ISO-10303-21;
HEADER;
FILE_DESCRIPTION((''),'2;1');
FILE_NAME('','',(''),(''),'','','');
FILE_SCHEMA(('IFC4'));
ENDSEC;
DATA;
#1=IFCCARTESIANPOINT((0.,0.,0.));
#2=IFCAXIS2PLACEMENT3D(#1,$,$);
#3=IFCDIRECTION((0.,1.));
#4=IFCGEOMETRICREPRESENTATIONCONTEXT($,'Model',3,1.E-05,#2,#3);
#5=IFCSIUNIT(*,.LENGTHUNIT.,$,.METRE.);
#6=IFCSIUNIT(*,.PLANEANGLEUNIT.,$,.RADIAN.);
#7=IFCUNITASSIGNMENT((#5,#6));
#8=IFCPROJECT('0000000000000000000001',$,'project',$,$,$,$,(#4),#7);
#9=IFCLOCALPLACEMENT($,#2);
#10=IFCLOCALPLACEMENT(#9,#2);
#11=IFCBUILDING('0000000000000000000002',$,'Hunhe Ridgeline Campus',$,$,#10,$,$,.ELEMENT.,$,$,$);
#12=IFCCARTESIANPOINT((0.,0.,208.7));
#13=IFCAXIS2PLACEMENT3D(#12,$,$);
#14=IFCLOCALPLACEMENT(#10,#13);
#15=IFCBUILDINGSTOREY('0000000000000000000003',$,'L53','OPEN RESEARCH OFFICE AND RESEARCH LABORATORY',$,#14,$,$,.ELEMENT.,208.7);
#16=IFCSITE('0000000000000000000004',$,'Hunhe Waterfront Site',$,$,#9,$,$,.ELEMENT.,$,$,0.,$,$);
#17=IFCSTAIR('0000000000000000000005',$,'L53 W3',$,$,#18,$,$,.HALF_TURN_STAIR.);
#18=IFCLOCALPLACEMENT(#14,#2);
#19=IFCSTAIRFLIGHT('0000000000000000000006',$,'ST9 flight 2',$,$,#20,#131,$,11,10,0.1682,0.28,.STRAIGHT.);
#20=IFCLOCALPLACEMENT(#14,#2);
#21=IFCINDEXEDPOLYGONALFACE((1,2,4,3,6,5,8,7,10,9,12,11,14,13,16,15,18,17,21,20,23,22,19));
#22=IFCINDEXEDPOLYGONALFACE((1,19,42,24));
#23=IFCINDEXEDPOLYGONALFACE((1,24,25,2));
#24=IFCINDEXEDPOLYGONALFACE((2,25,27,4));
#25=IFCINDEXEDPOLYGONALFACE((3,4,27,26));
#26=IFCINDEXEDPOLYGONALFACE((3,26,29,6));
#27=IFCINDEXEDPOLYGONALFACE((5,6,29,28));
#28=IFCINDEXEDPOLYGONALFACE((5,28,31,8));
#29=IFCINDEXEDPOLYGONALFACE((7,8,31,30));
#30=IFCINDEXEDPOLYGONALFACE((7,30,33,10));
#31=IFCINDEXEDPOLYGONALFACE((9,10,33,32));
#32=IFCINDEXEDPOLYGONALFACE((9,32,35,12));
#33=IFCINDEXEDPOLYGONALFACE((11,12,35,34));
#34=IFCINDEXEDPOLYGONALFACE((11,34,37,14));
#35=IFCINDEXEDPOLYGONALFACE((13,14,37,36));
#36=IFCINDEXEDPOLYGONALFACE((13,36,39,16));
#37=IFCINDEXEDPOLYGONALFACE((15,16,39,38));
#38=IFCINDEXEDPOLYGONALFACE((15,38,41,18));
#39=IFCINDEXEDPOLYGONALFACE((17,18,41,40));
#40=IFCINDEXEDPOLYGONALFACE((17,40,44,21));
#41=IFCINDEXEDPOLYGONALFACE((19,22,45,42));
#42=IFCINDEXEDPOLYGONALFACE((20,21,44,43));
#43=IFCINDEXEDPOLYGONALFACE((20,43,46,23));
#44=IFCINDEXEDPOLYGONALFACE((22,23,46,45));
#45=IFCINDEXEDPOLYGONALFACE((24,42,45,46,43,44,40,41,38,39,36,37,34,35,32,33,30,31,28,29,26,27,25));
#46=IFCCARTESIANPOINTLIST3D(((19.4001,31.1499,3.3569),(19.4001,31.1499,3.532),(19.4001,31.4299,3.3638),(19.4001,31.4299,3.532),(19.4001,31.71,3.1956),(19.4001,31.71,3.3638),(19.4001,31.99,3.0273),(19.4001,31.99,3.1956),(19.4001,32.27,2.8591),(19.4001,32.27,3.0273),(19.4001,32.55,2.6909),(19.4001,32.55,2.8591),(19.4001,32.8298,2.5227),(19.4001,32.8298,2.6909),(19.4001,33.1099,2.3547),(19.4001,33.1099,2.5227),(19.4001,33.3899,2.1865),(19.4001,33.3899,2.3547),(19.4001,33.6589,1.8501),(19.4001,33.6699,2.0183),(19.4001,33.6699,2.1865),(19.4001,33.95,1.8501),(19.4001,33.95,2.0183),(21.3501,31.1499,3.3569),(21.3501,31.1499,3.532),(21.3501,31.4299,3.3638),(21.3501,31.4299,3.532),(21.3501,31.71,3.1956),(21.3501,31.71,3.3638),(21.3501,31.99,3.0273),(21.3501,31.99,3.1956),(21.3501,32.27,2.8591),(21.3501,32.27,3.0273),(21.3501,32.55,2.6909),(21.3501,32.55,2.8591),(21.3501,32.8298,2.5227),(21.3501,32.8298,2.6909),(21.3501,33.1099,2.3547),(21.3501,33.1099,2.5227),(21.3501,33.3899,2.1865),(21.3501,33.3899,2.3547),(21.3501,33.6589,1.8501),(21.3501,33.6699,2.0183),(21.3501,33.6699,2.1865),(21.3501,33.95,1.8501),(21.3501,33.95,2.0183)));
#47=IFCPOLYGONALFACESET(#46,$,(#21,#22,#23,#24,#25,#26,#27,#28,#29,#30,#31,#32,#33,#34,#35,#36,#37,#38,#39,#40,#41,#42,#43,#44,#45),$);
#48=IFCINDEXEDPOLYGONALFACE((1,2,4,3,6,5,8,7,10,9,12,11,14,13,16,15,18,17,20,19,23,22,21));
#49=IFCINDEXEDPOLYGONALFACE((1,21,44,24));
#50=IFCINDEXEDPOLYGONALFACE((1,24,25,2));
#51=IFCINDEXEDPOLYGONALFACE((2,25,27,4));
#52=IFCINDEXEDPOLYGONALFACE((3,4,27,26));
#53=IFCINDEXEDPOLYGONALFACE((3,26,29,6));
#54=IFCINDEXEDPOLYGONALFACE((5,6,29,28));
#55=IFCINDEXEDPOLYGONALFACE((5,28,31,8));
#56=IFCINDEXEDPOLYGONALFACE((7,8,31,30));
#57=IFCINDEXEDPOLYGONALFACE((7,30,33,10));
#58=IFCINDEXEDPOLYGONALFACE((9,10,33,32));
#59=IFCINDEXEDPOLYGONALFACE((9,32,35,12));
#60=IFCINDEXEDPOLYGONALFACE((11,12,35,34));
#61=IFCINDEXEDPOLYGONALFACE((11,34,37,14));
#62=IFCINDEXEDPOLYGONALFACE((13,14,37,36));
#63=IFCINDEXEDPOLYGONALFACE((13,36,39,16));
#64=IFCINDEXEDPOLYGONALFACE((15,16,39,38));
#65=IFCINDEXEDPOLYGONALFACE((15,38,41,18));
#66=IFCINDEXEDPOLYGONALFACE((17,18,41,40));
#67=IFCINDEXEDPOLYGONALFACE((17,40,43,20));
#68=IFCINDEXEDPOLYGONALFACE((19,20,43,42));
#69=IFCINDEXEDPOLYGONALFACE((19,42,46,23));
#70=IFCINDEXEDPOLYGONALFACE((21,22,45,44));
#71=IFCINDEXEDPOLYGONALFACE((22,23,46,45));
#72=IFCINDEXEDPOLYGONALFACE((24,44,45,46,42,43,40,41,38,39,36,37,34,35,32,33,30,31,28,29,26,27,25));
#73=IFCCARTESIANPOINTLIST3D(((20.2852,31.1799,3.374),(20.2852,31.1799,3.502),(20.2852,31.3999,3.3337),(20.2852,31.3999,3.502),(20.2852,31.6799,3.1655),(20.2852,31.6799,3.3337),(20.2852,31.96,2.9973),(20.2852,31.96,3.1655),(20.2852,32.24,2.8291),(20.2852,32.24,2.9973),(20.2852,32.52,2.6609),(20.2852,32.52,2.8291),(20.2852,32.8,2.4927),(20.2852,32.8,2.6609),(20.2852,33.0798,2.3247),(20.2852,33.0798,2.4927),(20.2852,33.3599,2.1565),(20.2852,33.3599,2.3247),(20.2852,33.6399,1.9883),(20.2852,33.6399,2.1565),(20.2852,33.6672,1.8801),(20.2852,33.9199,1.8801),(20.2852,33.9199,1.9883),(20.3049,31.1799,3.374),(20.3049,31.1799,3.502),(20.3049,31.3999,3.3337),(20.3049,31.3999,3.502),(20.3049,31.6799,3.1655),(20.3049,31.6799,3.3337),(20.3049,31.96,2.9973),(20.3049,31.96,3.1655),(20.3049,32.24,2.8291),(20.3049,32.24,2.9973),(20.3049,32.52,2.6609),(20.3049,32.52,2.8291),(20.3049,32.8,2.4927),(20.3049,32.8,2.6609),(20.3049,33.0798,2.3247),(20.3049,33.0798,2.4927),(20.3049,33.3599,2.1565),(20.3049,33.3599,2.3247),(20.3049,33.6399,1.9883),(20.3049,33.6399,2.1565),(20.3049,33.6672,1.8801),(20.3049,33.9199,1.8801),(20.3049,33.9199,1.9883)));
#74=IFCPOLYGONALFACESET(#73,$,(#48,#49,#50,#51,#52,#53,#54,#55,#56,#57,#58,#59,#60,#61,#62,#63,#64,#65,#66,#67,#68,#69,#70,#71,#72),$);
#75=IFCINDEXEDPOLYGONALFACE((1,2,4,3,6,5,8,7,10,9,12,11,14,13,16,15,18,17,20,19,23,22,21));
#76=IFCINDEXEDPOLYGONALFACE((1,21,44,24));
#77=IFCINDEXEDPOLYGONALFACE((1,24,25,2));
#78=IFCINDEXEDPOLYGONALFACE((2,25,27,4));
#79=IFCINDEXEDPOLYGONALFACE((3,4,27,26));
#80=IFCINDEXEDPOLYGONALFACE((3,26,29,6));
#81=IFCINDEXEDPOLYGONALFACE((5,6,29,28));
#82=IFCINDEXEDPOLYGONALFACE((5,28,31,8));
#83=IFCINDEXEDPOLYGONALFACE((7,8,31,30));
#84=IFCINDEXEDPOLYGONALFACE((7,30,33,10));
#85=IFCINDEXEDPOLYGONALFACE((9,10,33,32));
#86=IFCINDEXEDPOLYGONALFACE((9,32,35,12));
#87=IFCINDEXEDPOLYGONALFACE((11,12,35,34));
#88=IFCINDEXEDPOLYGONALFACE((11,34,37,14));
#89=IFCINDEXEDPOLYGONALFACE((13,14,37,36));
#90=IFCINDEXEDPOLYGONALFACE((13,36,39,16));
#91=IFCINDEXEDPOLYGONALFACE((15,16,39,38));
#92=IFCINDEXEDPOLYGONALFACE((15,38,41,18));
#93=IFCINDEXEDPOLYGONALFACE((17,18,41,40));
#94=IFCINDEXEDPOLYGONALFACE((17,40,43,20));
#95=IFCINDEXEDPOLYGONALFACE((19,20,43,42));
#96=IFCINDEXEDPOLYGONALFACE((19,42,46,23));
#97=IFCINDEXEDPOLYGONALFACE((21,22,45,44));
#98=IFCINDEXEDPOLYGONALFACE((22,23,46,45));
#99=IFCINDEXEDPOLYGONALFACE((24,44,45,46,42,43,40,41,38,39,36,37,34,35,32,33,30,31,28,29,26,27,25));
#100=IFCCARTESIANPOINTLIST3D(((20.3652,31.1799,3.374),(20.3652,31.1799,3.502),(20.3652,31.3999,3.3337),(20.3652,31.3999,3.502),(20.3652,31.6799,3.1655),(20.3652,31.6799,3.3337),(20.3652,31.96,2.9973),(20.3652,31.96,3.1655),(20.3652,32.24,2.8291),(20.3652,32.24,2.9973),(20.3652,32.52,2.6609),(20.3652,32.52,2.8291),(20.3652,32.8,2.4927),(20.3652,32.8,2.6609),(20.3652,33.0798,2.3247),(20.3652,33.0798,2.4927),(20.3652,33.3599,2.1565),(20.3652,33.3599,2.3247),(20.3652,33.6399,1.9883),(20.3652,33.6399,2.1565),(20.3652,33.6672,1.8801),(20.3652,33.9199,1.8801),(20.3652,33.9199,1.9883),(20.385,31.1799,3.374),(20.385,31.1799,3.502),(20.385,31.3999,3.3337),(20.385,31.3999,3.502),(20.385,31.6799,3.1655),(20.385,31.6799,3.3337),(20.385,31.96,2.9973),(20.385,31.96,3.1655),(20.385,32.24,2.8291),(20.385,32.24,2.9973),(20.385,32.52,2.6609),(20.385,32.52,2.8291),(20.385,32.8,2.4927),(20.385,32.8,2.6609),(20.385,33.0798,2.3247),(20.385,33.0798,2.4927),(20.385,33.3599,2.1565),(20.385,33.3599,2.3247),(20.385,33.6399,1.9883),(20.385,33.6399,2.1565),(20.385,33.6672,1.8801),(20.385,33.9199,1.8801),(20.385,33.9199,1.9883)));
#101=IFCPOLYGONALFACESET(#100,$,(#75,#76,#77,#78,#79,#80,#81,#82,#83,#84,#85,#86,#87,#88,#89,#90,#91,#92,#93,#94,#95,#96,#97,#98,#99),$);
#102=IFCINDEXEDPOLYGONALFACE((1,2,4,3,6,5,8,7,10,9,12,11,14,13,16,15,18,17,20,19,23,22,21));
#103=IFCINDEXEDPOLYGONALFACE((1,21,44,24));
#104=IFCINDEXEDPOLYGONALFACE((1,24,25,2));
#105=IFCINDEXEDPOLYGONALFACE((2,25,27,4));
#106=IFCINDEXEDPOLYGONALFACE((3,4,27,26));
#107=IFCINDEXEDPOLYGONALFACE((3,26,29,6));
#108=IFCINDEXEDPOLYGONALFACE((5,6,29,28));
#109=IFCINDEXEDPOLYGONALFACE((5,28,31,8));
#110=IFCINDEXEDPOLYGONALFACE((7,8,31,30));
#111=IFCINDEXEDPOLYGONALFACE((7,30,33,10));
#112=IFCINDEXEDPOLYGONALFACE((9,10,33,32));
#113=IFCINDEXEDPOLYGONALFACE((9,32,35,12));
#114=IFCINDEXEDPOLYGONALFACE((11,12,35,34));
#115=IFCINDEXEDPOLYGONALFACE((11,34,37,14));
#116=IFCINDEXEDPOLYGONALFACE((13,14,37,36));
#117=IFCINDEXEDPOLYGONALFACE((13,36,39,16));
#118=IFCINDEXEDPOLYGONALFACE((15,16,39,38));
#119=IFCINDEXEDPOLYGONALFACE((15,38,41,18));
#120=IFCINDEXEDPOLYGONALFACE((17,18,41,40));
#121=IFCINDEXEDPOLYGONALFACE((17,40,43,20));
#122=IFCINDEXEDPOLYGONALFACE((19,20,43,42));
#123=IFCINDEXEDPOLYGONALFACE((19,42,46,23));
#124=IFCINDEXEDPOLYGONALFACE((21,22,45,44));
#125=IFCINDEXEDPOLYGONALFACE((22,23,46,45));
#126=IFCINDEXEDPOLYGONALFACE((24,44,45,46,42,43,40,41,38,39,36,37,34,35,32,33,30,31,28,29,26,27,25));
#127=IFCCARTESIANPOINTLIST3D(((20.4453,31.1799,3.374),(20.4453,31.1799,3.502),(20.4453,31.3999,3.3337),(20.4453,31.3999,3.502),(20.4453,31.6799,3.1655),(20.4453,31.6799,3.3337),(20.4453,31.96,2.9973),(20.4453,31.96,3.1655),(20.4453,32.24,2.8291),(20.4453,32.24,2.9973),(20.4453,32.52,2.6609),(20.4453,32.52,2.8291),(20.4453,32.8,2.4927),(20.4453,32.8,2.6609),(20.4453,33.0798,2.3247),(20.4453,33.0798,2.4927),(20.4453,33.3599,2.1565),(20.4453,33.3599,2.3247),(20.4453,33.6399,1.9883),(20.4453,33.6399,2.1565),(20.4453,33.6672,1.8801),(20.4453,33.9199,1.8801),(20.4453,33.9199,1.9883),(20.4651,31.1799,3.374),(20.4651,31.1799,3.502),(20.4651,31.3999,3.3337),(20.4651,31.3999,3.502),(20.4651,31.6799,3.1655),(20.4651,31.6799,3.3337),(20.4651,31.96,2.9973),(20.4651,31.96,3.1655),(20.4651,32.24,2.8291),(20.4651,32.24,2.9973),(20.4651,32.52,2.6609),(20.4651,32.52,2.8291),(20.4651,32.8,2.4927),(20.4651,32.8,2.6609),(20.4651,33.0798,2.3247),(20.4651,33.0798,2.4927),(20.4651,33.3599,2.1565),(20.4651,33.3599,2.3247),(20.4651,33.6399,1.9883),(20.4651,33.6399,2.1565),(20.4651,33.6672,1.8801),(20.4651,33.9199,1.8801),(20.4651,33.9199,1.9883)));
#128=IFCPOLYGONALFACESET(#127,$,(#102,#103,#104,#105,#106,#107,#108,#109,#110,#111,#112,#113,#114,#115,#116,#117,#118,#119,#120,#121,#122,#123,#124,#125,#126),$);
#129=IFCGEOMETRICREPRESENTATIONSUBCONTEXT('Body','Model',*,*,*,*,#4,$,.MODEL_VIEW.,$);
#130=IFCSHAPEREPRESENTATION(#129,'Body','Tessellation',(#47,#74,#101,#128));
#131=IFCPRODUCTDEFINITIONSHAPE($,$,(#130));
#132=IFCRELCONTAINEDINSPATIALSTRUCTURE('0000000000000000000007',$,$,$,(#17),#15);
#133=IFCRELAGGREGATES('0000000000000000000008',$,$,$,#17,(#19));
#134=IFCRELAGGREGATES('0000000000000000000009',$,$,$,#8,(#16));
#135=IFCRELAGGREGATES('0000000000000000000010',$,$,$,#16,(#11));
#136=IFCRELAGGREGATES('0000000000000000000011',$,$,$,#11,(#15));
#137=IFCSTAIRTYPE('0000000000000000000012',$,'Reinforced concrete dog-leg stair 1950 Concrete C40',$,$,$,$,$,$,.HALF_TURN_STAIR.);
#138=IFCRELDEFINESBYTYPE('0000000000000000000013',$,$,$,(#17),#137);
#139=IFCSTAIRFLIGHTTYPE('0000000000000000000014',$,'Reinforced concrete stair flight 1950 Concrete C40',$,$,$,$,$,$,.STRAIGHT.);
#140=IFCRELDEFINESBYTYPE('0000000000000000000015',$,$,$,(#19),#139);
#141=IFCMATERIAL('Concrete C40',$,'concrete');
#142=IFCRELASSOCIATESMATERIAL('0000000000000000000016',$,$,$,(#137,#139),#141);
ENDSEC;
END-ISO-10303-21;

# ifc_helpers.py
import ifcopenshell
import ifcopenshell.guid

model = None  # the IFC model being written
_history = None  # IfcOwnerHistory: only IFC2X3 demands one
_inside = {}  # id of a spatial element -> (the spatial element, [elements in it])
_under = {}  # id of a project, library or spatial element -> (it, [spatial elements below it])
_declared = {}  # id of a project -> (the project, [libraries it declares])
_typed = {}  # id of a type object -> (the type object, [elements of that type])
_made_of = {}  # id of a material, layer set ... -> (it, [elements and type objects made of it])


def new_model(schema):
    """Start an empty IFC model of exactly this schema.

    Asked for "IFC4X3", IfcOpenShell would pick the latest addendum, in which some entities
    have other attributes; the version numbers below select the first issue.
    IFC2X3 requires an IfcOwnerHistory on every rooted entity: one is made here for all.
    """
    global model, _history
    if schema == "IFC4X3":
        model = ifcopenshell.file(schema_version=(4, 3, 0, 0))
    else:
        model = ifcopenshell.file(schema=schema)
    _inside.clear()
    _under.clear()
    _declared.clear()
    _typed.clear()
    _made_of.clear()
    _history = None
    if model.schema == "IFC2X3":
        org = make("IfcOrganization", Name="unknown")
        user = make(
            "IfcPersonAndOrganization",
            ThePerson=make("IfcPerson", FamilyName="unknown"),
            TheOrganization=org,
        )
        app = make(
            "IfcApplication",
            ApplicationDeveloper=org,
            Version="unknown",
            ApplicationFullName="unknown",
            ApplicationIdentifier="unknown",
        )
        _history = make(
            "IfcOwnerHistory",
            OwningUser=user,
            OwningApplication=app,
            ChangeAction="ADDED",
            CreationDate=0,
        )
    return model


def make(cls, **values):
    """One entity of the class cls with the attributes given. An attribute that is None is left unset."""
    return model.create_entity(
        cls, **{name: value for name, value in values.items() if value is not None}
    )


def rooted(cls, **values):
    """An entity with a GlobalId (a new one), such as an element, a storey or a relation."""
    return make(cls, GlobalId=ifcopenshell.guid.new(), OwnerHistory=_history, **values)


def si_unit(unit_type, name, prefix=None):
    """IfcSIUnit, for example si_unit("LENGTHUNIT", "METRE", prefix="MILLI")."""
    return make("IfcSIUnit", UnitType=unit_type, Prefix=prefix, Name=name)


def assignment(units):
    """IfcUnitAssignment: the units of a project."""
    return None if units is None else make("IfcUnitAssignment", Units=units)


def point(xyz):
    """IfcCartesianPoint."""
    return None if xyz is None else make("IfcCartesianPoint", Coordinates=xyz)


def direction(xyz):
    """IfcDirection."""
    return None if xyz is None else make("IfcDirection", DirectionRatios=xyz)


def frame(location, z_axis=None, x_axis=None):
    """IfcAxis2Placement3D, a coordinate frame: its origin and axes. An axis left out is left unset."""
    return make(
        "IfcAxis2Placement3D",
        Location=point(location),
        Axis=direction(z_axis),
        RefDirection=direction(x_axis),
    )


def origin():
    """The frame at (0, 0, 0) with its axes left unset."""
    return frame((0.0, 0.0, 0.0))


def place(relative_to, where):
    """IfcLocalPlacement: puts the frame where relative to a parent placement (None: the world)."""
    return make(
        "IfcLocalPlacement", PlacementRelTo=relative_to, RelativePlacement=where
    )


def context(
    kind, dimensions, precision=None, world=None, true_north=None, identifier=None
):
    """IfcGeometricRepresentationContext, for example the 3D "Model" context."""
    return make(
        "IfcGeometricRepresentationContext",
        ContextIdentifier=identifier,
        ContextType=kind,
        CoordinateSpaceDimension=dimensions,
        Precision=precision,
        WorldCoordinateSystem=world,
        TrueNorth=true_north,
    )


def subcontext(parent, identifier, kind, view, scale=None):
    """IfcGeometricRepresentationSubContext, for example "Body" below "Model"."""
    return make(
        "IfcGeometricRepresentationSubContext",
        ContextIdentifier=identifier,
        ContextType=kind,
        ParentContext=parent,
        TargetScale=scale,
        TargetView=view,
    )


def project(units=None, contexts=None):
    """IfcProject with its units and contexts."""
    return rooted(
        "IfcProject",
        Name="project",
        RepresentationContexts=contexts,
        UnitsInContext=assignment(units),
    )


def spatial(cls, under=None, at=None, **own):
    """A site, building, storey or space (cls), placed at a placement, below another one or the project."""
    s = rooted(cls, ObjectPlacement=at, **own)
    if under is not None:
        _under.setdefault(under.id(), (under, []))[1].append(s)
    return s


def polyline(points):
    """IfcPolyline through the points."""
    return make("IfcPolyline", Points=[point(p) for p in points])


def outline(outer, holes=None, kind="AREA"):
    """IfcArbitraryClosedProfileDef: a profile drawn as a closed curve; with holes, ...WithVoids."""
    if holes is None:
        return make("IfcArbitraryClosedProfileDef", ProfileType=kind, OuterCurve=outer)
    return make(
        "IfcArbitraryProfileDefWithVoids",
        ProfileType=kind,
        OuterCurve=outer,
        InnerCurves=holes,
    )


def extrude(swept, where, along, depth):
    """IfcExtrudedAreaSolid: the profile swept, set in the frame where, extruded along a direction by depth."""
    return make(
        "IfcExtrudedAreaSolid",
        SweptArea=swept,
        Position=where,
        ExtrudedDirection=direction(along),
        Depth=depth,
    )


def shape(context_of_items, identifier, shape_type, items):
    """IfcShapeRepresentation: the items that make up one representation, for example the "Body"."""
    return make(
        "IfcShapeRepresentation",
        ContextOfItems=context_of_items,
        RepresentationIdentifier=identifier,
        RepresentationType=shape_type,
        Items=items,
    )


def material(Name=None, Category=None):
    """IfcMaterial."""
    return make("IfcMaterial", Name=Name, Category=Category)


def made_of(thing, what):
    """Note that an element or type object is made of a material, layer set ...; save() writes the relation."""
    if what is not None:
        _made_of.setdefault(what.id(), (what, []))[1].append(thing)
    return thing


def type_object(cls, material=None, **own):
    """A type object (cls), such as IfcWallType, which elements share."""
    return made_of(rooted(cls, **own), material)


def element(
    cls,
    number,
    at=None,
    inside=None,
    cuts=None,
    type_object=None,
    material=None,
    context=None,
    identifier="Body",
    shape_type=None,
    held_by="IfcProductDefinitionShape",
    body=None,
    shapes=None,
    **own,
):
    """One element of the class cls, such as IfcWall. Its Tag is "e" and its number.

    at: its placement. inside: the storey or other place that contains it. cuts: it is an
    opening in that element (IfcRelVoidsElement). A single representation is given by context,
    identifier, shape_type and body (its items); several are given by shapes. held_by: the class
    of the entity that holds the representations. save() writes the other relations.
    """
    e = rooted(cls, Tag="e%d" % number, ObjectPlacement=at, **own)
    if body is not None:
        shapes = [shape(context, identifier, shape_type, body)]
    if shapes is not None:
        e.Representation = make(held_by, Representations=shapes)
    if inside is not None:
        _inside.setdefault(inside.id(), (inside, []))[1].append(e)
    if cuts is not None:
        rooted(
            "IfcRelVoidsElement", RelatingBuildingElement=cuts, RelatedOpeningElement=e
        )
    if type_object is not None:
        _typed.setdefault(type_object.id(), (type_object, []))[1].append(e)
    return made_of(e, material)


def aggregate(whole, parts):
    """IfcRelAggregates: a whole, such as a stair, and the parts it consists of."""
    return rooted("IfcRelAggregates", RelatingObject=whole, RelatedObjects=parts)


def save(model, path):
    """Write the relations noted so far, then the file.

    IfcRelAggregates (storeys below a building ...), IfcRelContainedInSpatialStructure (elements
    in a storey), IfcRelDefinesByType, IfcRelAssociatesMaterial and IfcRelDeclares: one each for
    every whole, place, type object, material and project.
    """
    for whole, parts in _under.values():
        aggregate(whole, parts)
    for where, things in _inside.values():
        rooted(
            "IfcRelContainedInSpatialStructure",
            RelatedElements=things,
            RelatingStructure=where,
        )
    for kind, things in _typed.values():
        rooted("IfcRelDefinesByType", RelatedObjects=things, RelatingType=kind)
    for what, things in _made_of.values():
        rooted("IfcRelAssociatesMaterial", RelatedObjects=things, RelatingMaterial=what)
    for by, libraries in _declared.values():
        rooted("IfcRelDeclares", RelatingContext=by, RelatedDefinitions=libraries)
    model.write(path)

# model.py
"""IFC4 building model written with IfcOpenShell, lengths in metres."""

from ifc_helpers import new_model, si_unit, direction, frame, origin, place, context, subcontext, project, spatial, polyline, outline, extrude, material, type_object, element, aggregate, save


model = new_model("IFC4")

# Units and contexts
model_context = context("Model", 3, precision=1e-05, world=origin(), true_north=direction((0.0, 1.0)))
body_context = subcontext(model_context, "Body", "Model", "MODEL_VIEW")
ifc_project = project(units=[si_unit("LENGTHUNIT", "METRE"), si_unit("PLANEANGLEUNIT", "RADIAN")], contexts=[model_context])

# Site, building, storey
site_placement = place(None, origin())
site = spatial("IfcSite", under=ifc_project, at=site_placement, Name="Hunhe Waterfront Site", CompositionType="ELEMENT", RefElevation=0.0)
building_placement = place(site_placement, origin())
building = spatial("IfcBuilding", under=site, at=building_placement, Name="Hunhe Ridgeline Campus", CompositionType="ELEMENT")
storey_placement = place(building_placement, frame((0.0, 0.0, 208.7)))
storey = spatial("IfcBuildingStorey", under=building, at=storey_placement, Name="L53", Description="OPEN RESEARCH OFFICE AND RESEARCH LABORATORY", CompositionType="ELEMENT", Elevation=208.7)

# Stair, stair flight
ifc_material_1 = material(Name="Concrete C40", Category="concrete")
stair_type = type_object("IfcStairType", Name="Reinforced concrete dog-leg stair 1950 Concrete C40", PredefinedType="HALF_TURN_STAIR", material=ifc_material_1)
stair_placement = place(storey_placement, origin())
stair = element("IfcStair", 1, at=stair_placement, inside=storey, type_object=stair_type, Name="L53 W3", PredefinedType="HALF_TURN_STAIR")
stair_flight_type = type_object("IfcStairFlightType", Name="Reinforced concrete stair flight 1950 Concrete C40", PredefinedType="STRAIGHT", material=ifc_material_1)
stair_flight_1_placement = place(storey_placement, frame((20.375, 33.95, 1.8501), z_axis=(0.0, 0.0, 1.0), x_axis=(0.0, -1.0, 0.0)))
stair_flight_1 = element("IfcStairFlight", 2, at=stair_flight_1_placement, type_object=stair_flight_type, Name="ST9 flight 2", NumberOfRisers=11, NumberOfTreads=10, PredefinedType="STRAIGHT", RiserHeight=0.1682, TreadLength=0.28, context=body_context, shape_type="SweptSolid", body=[
    extrude(outline(polyline([(0.0, 0.0), (0.0, 0.1682), (0.28, 0.1682), (0.28, 0.3364), (0.5601, 0.3364), (0.5601, 0.5046), (0.8401, 0.5046), (0.8401, 0.6726), (1.1201, 0.6726), (1.1201, 0.8408), (1.3999, 0.8408), (1.3999, 1.009), (1.6799, 1.009), (1.6799, 1.1772), (1.96, 1.1772), (1.96, 1.3455), (2.24, 1.3455), (2.24, 1.5137), (2.52, 1.5137), (2.52, 1.6819), (2.8, 1.6819), (2.8, 1.8501), (2.8, 1.5068), (0.291, 0.0), (0.0, 0.0)])), frame((0.0, 0.9751, 0.0), z_axis=(0.0, -1.0, 0.0), x_axis=(1.0, 0.0, 0.0)), (0.0, 0.0, 1.0), 1.95),
    extrude(outline(polyline([(0.03, 0.03), (0.03, 0.1382), (0.3101, 0.1382), (0.3101, 0.3064), (0.5901, 0.3064), (0.5901, 0.4746), (0.8701, 0.4746), (0.8701, 0.6426), (1.1499, 0.6426), (1.1499, 0.8108), (1.4299, 0.8108), (1.4299, 0.979), (1.71, 0.979), (1.71, 1.1472), (1.99, 1.1472), (1.99, 1.3154), (2.27, 1.3154), (2.27, 1.4836), (2.55, 1.4836), (2.55, 1.6519), (2.77, 1.6519), (2.77, 1.5239), (0.2827, 0.03), (0.03, 0.03)])), frame((0.0, -0.0701, 0.0), z_axis=(0.0, -1.0, 0.0), x_axis=(1.0, 0.0, 0.0)), (0.0, 0.0, 1.0), 0.0198),
    extrude(outline(polyline([(0.03, 0.03), (0.03, 0.1382), (0.3101, 0.1382), (0.3101, 0.3064), (0.5901, 0.3064), (0.5901, 0.4746), (0.8701, 0.4746), (0.8701, 0.6426), (1.1499, 0.6426), (1.1499, 0.8108), (1.4299, 0.8108), (1.4299, 0.979), (1.71, 0.979), (1.71, 1.1472), (1.99, 1.1472), (1.99, 1.3154), (2.27, 1.3154), (2.27, 1.4836), (2.55, 1.4836), (2.55, 1.6519), (2.77, 1.6519), (2.77, 1.5239), (0.2827, 0.03), (0.03, 0.03)])), frame((0.0, 0.01, 0.0), z_axis=(0.0, -1.0, 0.0), x_axis=(1.0, 0.0, 0.0)), (0.0, 0.0, 1.0), 0.0198),
    extrude(outline(polyline([(0.03, 0.03), (0.03, 0.1382), (0.3101, 0.1382), (0.3101, 0.3064), (0.5901, 0.3064), (0.5901, 0.4746), (0.8701, 0.4746), (0.8701, 0.6426), (1.1499, 0.6426), (1.1499, 0.8108), (1.4299, 0.8108), (1.4299, 0.979), (1.71, 0.979), (1.71, 1.1472), (1.99, 1.1472), (1.99, 1.3154), (2.27, 1.3154), (2.27, 1.4836), (2.55, 1.4836), (2.55, 1.6519), (2.77, 1.6519), (2.77, 1.5239), (0.2827, 0.03), (0.03, 0.03)])), frame((0.0, 0.0901, 0.0), z_axis=(0.0, -1.0, 0.0), x_axis=(1.0, 0.0, 0.0)), (0.0, 0.0, 1.0), 0.0198),
])
aggregate(stair, [stair_flight_1])

save(model, "model.ifc")
